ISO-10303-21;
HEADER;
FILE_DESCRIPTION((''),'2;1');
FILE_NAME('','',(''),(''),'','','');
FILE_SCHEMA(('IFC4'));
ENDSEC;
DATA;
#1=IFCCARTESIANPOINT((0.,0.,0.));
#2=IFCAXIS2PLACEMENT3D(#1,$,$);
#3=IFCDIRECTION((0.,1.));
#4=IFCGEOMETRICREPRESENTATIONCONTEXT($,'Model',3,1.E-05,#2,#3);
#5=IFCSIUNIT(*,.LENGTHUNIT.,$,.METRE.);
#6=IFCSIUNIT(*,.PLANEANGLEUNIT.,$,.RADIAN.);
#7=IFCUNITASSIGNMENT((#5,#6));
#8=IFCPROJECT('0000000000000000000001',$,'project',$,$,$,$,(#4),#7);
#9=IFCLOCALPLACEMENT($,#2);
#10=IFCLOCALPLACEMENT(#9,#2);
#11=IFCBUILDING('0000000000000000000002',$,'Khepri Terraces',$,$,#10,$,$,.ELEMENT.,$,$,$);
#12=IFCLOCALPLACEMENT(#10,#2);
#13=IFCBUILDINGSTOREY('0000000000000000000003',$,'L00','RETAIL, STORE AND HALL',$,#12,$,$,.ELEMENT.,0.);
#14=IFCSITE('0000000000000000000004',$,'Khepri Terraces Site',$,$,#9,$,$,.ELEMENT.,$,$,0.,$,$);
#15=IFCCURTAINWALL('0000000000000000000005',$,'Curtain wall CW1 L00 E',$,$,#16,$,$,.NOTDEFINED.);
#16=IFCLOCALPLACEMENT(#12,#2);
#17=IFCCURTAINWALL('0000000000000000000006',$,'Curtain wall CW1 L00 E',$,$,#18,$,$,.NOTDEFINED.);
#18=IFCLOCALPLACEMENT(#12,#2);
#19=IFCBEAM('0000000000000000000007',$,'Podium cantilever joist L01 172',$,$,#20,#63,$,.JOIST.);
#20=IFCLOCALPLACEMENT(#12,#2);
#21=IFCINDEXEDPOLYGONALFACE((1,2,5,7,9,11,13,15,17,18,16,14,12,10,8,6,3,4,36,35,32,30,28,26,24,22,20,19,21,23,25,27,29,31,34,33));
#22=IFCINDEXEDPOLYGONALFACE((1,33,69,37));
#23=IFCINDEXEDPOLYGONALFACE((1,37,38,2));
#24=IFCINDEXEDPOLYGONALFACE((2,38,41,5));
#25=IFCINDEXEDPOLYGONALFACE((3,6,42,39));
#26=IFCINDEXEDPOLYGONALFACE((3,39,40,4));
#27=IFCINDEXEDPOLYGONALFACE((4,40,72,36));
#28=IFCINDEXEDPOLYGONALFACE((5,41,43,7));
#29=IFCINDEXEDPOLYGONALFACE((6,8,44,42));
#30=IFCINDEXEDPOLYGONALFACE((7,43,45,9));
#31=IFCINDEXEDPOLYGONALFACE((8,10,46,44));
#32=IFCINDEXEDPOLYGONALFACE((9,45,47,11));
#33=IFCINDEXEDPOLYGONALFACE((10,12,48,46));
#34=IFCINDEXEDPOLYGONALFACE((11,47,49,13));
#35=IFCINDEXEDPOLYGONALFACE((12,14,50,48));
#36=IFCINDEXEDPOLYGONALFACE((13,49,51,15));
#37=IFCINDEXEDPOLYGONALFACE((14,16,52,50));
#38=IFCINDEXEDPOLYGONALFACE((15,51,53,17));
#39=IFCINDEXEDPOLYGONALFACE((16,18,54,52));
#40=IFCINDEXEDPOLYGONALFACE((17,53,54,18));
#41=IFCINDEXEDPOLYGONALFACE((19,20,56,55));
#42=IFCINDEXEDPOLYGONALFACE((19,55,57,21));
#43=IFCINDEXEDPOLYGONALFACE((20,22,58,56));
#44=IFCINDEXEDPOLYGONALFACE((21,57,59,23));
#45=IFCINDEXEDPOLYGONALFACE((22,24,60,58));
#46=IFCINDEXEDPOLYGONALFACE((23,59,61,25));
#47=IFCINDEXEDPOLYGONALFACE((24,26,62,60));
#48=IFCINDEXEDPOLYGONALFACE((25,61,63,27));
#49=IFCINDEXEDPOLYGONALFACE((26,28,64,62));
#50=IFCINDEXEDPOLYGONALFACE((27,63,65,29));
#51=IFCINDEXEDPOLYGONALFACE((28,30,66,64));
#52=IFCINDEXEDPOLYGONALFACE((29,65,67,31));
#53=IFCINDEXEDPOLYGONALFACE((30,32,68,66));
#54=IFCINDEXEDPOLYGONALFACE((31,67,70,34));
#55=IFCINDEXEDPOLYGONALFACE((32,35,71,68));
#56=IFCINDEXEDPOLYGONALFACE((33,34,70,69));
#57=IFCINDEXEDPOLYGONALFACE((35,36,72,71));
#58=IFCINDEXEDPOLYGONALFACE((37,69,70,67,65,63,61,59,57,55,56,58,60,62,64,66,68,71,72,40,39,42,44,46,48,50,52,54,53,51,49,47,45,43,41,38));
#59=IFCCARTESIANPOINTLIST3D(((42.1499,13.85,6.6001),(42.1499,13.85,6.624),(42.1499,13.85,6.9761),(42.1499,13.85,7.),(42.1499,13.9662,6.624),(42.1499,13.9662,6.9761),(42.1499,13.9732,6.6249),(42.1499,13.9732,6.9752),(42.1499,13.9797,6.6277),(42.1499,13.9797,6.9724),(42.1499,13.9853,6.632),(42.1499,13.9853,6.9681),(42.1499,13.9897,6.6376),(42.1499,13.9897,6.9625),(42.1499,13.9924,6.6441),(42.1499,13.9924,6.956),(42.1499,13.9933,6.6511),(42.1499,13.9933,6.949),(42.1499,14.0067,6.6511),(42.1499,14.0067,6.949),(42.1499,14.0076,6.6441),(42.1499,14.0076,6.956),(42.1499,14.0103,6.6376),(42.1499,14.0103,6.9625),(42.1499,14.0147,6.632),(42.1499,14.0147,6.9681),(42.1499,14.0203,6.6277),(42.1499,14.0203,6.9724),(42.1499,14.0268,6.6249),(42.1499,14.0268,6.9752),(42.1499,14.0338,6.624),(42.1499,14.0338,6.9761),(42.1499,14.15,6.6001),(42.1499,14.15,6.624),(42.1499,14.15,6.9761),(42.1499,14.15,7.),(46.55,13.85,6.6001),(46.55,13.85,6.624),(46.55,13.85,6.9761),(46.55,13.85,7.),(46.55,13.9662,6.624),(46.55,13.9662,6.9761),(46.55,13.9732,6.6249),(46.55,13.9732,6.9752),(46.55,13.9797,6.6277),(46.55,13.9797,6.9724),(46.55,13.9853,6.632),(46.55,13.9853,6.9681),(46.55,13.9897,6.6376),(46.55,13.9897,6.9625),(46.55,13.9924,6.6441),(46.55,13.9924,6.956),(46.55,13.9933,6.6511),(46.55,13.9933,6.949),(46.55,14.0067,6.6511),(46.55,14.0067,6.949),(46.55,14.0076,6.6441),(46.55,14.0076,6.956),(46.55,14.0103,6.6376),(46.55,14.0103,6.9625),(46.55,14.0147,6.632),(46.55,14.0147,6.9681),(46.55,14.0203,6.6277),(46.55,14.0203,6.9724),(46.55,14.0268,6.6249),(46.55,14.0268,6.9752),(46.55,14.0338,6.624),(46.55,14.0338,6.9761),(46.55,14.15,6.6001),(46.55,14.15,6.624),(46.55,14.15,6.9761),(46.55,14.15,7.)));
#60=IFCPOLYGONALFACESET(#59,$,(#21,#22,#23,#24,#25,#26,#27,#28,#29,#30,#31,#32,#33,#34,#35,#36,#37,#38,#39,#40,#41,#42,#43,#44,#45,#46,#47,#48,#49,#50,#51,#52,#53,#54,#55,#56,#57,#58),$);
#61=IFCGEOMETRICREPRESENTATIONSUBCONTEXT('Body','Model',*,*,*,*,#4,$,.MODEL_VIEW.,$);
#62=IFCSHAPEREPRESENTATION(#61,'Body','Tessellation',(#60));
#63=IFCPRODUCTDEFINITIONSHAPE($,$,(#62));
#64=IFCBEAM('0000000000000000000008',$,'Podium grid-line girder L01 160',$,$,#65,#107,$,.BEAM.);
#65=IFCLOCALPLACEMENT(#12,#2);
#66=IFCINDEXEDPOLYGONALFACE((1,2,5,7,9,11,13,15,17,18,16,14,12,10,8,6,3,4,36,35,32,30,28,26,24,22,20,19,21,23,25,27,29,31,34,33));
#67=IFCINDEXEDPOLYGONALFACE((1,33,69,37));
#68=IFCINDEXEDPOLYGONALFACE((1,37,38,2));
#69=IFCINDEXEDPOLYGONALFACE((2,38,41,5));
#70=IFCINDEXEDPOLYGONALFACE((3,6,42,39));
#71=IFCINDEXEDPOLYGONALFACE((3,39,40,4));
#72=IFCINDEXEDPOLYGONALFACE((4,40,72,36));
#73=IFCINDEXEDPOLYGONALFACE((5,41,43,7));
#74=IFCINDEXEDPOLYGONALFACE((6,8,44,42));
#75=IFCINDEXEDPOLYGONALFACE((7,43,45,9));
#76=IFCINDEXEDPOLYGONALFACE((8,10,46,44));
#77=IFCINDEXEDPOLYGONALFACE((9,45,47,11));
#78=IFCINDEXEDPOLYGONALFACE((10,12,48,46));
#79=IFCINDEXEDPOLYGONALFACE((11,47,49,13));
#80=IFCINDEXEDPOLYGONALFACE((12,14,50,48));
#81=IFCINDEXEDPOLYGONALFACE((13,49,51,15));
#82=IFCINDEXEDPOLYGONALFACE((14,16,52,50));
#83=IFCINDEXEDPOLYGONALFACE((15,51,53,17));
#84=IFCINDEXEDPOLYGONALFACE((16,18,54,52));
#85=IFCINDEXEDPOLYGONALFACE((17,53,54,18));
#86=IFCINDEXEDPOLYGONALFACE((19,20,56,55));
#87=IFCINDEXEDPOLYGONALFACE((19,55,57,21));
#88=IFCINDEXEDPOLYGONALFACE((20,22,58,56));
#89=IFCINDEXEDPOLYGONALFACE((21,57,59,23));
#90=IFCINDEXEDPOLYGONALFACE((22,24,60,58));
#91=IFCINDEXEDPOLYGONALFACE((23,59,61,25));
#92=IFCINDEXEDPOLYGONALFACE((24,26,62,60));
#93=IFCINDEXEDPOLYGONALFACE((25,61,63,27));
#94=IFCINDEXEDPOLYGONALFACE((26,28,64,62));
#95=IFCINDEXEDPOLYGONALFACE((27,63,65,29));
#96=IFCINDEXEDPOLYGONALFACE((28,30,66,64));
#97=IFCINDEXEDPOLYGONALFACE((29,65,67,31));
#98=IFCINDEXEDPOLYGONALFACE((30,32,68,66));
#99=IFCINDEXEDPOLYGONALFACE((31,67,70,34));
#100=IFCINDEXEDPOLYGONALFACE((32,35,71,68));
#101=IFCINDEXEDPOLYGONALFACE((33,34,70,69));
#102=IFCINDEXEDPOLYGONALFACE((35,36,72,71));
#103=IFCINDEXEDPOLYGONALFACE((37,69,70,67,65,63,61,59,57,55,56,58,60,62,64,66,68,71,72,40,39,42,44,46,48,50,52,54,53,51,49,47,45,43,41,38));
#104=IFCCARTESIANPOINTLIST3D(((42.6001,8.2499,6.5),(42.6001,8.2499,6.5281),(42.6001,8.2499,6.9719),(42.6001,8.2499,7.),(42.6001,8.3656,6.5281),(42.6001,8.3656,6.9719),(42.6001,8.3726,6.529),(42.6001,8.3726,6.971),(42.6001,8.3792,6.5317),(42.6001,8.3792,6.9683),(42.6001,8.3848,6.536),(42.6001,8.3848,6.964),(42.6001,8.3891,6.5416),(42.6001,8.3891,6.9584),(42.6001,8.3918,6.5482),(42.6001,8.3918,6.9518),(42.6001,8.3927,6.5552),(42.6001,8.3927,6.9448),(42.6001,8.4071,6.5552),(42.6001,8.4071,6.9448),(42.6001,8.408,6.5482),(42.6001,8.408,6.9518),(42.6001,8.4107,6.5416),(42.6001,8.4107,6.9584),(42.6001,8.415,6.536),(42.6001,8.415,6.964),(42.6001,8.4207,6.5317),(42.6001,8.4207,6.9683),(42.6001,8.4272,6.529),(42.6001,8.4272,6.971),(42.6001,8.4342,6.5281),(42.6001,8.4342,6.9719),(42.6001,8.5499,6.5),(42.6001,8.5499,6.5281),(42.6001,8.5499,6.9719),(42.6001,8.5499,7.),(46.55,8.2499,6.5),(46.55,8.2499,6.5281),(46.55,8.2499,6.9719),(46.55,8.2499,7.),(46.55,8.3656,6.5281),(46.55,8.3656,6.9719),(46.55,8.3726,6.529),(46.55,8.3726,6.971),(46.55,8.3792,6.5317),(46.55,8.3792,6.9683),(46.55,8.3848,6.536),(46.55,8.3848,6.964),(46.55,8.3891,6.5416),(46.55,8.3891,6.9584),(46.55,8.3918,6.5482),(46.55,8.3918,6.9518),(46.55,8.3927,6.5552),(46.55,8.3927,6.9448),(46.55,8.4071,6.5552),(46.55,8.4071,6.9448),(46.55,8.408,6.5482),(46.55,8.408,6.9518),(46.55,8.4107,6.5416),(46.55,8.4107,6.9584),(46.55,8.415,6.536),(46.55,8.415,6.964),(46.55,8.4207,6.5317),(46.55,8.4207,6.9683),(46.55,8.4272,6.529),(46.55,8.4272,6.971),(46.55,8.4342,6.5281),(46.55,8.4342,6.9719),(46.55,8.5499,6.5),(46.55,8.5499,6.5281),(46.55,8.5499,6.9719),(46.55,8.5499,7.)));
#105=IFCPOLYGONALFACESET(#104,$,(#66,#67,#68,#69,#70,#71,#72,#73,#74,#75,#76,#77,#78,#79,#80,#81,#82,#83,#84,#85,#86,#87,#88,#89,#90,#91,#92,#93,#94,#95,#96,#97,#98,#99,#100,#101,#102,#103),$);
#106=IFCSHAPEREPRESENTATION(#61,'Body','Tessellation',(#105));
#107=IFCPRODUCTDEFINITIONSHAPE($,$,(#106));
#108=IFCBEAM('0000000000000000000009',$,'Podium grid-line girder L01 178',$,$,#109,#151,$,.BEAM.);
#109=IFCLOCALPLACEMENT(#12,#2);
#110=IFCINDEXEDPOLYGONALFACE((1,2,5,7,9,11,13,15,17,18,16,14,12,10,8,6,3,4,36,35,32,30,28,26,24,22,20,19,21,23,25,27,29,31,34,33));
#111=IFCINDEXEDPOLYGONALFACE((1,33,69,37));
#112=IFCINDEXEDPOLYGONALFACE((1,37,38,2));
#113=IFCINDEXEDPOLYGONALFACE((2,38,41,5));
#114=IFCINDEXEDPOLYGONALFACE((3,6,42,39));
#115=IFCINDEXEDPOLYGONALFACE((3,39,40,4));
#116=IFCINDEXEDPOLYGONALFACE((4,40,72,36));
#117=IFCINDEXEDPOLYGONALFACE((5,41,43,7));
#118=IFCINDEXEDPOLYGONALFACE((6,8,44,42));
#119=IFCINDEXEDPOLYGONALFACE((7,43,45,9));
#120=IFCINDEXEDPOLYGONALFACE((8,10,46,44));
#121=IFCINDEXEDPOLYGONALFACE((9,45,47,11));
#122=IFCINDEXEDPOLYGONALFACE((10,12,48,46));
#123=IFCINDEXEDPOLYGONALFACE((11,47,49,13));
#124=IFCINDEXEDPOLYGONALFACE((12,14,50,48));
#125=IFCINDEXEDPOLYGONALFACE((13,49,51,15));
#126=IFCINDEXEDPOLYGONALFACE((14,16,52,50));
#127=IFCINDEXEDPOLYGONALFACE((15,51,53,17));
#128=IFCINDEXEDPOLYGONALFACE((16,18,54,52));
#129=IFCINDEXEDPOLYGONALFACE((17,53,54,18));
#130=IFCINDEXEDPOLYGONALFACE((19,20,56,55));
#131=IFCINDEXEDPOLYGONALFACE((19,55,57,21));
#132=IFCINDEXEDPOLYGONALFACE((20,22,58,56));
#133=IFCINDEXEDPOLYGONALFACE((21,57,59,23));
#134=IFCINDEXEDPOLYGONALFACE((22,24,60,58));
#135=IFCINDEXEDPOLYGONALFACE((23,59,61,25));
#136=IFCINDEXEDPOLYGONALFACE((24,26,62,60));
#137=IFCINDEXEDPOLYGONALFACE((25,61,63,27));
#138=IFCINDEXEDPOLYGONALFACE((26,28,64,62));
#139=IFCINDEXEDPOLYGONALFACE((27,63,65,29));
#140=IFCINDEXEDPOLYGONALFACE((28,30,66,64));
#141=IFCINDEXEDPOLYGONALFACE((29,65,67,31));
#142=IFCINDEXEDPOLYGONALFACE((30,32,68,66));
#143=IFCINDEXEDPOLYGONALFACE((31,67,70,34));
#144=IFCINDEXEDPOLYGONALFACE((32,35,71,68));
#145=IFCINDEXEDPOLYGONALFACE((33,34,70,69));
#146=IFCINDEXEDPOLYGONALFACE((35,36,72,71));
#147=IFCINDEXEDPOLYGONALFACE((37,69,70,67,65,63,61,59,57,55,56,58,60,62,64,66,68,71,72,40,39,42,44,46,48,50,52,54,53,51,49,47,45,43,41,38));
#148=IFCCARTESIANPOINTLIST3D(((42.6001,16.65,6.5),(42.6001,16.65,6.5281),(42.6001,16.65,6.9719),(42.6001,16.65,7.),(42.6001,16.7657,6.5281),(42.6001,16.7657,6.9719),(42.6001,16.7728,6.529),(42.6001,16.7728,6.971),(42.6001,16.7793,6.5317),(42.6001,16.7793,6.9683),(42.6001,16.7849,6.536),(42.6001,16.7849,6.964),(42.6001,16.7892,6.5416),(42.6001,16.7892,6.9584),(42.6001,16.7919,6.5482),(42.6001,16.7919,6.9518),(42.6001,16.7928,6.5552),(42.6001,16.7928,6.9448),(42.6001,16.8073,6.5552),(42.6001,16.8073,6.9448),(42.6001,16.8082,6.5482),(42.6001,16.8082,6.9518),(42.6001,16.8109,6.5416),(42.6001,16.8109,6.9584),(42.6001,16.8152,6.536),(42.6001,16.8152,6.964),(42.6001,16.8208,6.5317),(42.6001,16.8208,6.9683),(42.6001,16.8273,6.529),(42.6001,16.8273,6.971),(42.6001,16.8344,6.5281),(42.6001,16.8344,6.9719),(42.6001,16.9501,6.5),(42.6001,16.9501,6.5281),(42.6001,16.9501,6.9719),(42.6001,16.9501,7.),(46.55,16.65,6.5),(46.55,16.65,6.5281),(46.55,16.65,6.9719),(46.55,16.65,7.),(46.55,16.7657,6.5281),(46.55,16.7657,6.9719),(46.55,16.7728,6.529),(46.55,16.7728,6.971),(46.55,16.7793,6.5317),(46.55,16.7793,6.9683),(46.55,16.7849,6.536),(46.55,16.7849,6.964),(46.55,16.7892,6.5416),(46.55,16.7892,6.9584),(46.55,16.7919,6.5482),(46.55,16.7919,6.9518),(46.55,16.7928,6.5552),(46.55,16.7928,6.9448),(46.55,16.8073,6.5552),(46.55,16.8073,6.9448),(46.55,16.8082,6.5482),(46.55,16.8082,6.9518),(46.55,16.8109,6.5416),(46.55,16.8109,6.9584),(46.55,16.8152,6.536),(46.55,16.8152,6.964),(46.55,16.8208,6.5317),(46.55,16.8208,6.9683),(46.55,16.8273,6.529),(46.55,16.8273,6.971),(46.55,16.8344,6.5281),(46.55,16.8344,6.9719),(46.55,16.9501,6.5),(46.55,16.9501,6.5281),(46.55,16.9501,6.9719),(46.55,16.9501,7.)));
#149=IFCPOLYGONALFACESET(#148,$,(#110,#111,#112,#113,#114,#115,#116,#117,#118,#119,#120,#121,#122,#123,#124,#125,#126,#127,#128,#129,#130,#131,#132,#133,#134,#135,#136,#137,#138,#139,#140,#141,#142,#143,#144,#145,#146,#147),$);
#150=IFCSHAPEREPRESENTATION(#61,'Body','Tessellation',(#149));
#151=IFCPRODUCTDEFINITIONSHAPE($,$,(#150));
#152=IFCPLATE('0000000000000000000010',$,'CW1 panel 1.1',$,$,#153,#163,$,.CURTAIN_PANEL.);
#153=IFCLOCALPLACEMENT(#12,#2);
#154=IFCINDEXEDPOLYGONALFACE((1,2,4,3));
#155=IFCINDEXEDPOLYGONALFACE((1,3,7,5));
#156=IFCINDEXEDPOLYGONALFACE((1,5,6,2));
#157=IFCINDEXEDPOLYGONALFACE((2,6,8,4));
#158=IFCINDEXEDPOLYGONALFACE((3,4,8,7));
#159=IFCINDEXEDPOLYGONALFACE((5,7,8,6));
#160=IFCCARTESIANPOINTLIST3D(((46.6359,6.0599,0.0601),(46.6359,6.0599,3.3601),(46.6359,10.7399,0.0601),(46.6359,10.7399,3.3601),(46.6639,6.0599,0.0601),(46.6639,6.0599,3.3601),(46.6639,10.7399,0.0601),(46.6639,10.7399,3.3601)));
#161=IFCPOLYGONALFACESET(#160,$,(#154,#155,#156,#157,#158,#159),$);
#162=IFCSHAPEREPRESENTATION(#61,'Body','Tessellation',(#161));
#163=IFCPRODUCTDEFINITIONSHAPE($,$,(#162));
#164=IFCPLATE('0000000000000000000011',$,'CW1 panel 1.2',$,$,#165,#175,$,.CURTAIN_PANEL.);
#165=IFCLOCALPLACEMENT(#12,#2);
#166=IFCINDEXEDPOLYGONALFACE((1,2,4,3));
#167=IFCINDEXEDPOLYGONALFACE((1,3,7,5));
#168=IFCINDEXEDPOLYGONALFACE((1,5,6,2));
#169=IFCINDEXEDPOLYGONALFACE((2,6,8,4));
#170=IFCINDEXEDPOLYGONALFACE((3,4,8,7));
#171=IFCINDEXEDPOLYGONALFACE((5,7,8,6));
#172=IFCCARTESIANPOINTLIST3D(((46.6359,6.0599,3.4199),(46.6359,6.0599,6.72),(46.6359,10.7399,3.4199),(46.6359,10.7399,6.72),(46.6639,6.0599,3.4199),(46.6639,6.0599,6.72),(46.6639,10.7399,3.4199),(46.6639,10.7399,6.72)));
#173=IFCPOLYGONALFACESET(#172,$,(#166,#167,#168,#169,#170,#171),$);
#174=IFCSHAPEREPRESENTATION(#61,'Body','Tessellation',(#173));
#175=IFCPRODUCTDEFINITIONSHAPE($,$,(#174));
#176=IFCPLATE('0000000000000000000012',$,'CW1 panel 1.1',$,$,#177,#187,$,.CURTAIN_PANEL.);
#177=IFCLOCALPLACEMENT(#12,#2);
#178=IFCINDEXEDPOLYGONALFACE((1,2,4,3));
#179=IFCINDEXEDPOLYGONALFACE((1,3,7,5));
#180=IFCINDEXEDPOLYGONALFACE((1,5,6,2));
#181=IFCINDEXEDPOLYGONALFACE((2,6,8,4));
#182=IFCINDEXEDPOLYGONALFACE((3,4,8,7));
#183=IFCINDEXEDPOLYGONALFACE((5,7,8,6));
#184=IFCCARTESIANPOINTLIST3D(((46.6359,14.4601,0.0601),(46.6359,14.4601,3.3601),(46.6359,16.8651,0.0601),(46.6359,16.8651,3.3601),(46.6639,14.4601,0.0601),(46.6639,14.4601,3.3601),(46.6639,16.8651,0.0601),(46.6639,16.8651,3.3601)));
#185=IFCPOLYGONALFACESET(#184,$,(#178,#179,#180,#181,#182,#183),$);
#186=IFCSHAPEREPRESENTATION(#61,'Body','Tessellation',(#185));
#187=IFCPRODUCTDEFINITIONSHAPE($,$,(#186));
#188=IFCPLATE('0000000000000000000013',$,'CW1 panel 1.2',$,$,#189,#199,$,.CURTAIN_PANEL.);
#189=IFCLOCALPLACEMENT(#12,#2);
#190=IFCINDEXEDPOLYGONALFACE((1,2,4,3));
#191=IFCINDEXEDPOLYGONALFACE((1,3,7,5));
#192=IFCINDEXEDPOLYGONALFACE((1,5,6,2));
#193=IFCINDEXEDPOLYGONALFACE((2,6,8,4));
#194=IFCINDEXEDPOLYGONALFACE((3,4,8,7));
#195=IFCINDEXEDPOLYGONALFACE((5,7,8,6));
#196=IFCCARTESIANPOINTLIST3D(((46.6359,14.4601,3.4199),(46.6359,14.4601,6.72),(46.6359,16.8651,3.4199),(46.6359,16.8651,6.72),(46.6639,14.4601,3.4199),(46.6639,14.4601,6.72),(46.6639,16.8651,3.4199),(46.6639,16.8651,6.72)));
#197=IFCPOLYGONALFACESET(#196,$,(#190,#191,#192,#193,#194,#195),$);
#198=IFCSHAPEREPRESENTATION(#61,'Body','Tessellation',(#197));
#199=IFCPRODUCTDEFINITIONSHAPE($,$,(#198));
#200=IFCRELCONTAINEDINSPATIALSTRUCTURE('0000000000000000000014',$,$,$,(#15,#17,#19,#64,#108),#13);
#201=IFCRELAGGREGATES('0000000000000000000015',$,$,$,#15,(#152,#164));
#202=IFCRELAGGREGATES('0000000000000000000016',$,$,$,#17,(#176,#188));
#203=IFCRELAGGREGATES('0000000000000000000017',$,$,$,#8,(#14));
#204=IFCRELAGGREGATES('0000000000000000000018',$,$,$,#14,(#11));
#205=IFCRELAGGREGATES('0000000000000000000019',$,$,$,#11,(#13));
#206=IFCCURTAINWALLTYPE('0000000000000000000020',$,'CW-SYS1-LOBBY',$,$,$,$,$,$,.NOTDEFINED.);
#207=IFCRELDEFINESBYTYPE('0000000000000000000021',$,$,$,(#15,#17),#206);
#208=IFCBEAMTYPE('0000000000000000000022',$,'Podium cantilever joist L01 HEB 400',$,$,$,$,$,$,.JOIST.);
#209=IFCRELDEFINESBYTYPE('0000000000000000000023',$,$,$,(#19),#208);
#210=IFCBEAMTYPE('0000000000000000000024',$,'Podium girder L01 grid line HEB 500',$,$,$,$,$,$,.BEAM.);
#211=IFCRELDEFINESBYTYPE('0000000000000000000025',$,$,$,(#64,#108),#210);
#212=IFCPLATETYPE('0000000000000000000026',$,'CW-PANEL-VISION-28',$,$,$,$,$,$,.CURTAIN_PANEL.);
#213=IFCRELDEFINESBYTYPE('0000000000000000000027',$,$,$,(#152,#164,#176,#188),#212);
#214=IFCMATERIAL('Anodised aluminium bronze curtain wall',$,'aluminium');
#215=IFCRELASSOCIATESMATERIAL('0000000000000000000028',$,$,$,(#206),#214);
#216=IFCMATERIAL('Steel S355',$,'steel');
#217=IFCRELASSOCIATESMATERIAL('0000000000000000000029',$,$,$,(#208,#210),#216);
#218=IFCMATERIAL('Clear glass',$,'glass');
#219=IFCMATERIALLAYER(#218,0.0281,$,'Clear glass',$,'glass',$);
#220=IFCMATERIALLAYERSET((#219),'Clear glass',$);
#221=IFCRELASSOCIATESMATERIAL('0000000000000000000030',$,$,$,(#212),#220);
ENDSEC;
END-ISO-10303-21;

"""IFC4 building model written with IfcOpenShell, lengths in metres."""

from ifc_helpers import new_model, si_unit, direction, frame, origin, origin_2d, place, context, subcontext, project, spatial, rectangle, i_section, extrude, material, layer, layer_set, material_profile, profile_set, type_object, element, aggregate, save


model = new_model("IFC4")

# Units and contexts
model_context = context("Model", 3, precision=1e-05, world=origin(), true_north=direction((0.0, 1.0)))
body_context = subcontext(model_context, "Body", "Model", "MODEL_VIEW")
ifc_project = project(units=[si_unit("LENGTHUNIT", "METRE"), si_unit("PLANEANGLEUNIT", "RADIAN")], contexts=[model_context])

# Site, building, storey
site_placement = place(None, origin())
site = spatial("IfcSite", under=ifc_project, at=site_placement, Name="Khepri Terraces Site", CompositionType="ELEMENT", RefElevation=0.0)
building_placement = place(site_placement, origin())
building = spatial("IfcBuilding", under=site, at=building_placement, Name="Khepri Terraces", CompositionType="ELEMENT")
storey_placement = place(building_placement, origin())
storey = spatial("IfcBuildingStorey", under=building, at=storey_placement, Name="L00", Description="RETAIL, STORE AND HALL", CompositionType="ELEMENT", Elevation=0.0)

# Shared definitions
ifc_material_1 = material(Name="Anodised aluminium bronze curtain wall", Category="aluminium")
curtain_wall_type = type_object("IfcCurtainWallType", Name="CW-SYS1-LOBBY", PredefinedType="NOTDEFINED", material=ifc_material_1)

# Curtain wall
curtain_wall_1_placement = place(storey_placement, origin())
curtain_wall_1 = element("IfcCurtainWall", 1, at=curtain_wall_1_placement, inside=storey, type_object=curtain_wall_type, Name="Curtain wall CW1 L00 E", PredefinedType="NOTDEFINED")

# Curtain wall
curtain_wall_2_placement = place(storey_placement, origin())
curtain_wall_2 = element("IfcCurtainWall", 2, at=curtain_wall_2_placement, inside=storey, type_object=curtain_wall_type, Name="Curtain wall CW1 L00 E", PredefinedType="NOTDEFINED")

# Beams
ifc_material_2 = material(Name="Steel S355", Category="steel")
ifc_material_profile_1 = material_profile(ifc_material_2, i_section(OverallWidth=0.3, OverallDepth=0.3999, WebThickness=0.0134, FlangeThickness=0.0239, FilletRadius=0.0271, at=origin_2d()), Name="Steel S355", Category="steel")
ifc_profile_set_1 = profile_set([ifc_material_profile_1], Name="Steel S355")
beam_type_1 = type_object("IfcBeamType", Name="Podium cantilever joist L01 HEB 400", PredefinedType="JOIST", material=ifc_profile_set_1)
for number, where, z_axis, x_axis, name in (
    (3, (42.1499, 14.0, 6.8), (1.0, 0.0, 0.0), (0.0, 1.0, 0.0), "Podium cantilever joist L01 172"),
):
    element("IfcBeam", number, at=place(storey_placement, frame(where, z_axis=z_axis, x_axis=x_axis)), inside=storey, type_object=beam_type_1, Name=name, PredefinedType="JOIST", context=body_context, shape_type="SweptSolid", body=[
        extrude(i_section(OverallWidth=0.3, OverallDepth=0.3999, WebThickness=0.0134, FlangeThickness=0.0239, FilletRadius=0.0271, at=origin_2d()), origin(), (0.0, 0.0, 1.0), 4.4001),
    ])
ifc_material_profile_2 = material_profile(ifc_material_2, i_section(OverallWidth=0.3, OverallDepth=0.5, WebThickness=0.0144, FlangeThickness=0.0281, FilletRadius=0.0271, at=origin_2d()), Name="Steel S355", Category="steel")
ifc_profile_set_2 = profile_set([ifc_material_profile_2], Name="Steel S355")
beam_type_2 = type_object("IfcBeamType", Name="Podium girder L01 grid line HEB 500", PredefinedType="BEAM", material=ifc_profile_set_2)
for number, where, z_axis, x_axis, name in (
    (4, (42.6001, 8.3999, 6.75), (1.0, 0.0, 0.0), (0.0, 1.0, 0.0), "Podium grid-line girder L01 160"),
    (5, (42.6001, 16.8, 6.75), (1.0, 0.0, 0.0), (0.0, 1.0, 0.0), "Podium grid-line girder L01 178"),
):
    element("IfcBeam", number, at=place(storey_placement, frame(where, z_axis=z_axis, x_axis=x_axis)), inside=storey, type_object=beam_type_2, Name=name, PredefinedType="BEAM", context=body_context, shape_type="SweptSolid", body=[
        extrude(i_section(OverallWidth=0.3, OverallDepth=0.5, WebThickness=0.0144, FlangeThickness=0.0281, FilletRadius=0.0271, at=origin_2d()), origin(), (0.0, 0.0, 1.0), 3.95),
    ])

# Plates
ifc_material_3 = material(Name="Clear glass", Category="glass")
ifc_layer_1 = layer(ifc_material_3, 0.0281, Name="Clear glass", Category="glass")
ifc_layer_set_1 = layer_set([ifc_layer_1], Name="Clear glass")
plate_type = type_object("IfcPlateType", Name="CW-PANEL-VISION-28", PredefinedType="CURTAIN_PANEL", material=ifc_layer_set_1)
plate_1_placement = place(storey_placement, frame((46.6499, 8.3999, 0.0601), z_axis=(0.0, 0.0, 1.0), x_axis=(0.0, 1.0, 0.0)))
plate_1 = element("IfcPlate", 6, at=plate_1_placement, type_object=plate_type, Name="CW1 panel 1.1", PredefinedType="CURTAIN_PANEL", context=body_context, shape_type="SweptSolid", body=[
    extrude(rectangle(XDim=4.6799, YDim=0.0281, at=origin_2d()), origin(), (0.0, 0.0, 1.0), 3.3),
])
plate_2_placement = place(storey_placement, frame((46.6499, 8.3999, 3.4199), z_axis=(0.0, 0.0, 1.0), x_axis=(0.0, 1.0, 0.0)))
plate_2 = element("IfcPlate", 7, at=plate_2_placement, type_object=plate_type, Name="CW1 panel 1.2", PredefinedType="CURTAIN_PANEL", context=body_context, shape_type="SweptSolid", body=[
    extrude(rectangle(XDim=4.6799, YDim=0.0281, at=origin_2d()), origin(), (0.0, 0.0, 1.0), 3.3),
])
aggregate(curtain_wall_1, [plate_1, plate_2])
plate_3_placement = place(storey_placement, frame((46.6499, 15.6626, 0.0601), z_axis=(0.0, 0.0, 1.0), x_axis=(0.0, 1.0, 0.0)))
plate_3 = element("IfcPlate", 8, at=plate_3_placement, type_object=plate_type, Name="CW1 panel 1.1", PredefinedType="CURTAIN_PANEL", context=body_context, shape_type="SweptSolid", body=[
    extrude(rectangle(XDim=2.405, YDim=0.0281, at=origin_2d()), origin(), (0.0, 0.0, 1.0), 3.3),
])
plate_4_placement = place(storey_placement, frame((46.6499, 15.6626, 3.4199), z_axis=(0.0, 0.0, 1.0), x_axis=(0.0, 1.0, 0.0)))
plate_4 = element("IfcPlate", 9, at=plate_4_placement, type_object=plate_type, Name="CW1 panel 1.2", PredefinedType="CURTAIN_PANEL", context=body_context, shape_type="SweptSolid", body=[
    extrude(rectangle(XDim=2.405, YDim=0.0281, at=origin_2d()), origin(), (0.0, 0.0, 1.0), 3.3),
])
aggregate(curtain_wall_2, [plate_3, plate_4])

save(model, "model.ifc")
